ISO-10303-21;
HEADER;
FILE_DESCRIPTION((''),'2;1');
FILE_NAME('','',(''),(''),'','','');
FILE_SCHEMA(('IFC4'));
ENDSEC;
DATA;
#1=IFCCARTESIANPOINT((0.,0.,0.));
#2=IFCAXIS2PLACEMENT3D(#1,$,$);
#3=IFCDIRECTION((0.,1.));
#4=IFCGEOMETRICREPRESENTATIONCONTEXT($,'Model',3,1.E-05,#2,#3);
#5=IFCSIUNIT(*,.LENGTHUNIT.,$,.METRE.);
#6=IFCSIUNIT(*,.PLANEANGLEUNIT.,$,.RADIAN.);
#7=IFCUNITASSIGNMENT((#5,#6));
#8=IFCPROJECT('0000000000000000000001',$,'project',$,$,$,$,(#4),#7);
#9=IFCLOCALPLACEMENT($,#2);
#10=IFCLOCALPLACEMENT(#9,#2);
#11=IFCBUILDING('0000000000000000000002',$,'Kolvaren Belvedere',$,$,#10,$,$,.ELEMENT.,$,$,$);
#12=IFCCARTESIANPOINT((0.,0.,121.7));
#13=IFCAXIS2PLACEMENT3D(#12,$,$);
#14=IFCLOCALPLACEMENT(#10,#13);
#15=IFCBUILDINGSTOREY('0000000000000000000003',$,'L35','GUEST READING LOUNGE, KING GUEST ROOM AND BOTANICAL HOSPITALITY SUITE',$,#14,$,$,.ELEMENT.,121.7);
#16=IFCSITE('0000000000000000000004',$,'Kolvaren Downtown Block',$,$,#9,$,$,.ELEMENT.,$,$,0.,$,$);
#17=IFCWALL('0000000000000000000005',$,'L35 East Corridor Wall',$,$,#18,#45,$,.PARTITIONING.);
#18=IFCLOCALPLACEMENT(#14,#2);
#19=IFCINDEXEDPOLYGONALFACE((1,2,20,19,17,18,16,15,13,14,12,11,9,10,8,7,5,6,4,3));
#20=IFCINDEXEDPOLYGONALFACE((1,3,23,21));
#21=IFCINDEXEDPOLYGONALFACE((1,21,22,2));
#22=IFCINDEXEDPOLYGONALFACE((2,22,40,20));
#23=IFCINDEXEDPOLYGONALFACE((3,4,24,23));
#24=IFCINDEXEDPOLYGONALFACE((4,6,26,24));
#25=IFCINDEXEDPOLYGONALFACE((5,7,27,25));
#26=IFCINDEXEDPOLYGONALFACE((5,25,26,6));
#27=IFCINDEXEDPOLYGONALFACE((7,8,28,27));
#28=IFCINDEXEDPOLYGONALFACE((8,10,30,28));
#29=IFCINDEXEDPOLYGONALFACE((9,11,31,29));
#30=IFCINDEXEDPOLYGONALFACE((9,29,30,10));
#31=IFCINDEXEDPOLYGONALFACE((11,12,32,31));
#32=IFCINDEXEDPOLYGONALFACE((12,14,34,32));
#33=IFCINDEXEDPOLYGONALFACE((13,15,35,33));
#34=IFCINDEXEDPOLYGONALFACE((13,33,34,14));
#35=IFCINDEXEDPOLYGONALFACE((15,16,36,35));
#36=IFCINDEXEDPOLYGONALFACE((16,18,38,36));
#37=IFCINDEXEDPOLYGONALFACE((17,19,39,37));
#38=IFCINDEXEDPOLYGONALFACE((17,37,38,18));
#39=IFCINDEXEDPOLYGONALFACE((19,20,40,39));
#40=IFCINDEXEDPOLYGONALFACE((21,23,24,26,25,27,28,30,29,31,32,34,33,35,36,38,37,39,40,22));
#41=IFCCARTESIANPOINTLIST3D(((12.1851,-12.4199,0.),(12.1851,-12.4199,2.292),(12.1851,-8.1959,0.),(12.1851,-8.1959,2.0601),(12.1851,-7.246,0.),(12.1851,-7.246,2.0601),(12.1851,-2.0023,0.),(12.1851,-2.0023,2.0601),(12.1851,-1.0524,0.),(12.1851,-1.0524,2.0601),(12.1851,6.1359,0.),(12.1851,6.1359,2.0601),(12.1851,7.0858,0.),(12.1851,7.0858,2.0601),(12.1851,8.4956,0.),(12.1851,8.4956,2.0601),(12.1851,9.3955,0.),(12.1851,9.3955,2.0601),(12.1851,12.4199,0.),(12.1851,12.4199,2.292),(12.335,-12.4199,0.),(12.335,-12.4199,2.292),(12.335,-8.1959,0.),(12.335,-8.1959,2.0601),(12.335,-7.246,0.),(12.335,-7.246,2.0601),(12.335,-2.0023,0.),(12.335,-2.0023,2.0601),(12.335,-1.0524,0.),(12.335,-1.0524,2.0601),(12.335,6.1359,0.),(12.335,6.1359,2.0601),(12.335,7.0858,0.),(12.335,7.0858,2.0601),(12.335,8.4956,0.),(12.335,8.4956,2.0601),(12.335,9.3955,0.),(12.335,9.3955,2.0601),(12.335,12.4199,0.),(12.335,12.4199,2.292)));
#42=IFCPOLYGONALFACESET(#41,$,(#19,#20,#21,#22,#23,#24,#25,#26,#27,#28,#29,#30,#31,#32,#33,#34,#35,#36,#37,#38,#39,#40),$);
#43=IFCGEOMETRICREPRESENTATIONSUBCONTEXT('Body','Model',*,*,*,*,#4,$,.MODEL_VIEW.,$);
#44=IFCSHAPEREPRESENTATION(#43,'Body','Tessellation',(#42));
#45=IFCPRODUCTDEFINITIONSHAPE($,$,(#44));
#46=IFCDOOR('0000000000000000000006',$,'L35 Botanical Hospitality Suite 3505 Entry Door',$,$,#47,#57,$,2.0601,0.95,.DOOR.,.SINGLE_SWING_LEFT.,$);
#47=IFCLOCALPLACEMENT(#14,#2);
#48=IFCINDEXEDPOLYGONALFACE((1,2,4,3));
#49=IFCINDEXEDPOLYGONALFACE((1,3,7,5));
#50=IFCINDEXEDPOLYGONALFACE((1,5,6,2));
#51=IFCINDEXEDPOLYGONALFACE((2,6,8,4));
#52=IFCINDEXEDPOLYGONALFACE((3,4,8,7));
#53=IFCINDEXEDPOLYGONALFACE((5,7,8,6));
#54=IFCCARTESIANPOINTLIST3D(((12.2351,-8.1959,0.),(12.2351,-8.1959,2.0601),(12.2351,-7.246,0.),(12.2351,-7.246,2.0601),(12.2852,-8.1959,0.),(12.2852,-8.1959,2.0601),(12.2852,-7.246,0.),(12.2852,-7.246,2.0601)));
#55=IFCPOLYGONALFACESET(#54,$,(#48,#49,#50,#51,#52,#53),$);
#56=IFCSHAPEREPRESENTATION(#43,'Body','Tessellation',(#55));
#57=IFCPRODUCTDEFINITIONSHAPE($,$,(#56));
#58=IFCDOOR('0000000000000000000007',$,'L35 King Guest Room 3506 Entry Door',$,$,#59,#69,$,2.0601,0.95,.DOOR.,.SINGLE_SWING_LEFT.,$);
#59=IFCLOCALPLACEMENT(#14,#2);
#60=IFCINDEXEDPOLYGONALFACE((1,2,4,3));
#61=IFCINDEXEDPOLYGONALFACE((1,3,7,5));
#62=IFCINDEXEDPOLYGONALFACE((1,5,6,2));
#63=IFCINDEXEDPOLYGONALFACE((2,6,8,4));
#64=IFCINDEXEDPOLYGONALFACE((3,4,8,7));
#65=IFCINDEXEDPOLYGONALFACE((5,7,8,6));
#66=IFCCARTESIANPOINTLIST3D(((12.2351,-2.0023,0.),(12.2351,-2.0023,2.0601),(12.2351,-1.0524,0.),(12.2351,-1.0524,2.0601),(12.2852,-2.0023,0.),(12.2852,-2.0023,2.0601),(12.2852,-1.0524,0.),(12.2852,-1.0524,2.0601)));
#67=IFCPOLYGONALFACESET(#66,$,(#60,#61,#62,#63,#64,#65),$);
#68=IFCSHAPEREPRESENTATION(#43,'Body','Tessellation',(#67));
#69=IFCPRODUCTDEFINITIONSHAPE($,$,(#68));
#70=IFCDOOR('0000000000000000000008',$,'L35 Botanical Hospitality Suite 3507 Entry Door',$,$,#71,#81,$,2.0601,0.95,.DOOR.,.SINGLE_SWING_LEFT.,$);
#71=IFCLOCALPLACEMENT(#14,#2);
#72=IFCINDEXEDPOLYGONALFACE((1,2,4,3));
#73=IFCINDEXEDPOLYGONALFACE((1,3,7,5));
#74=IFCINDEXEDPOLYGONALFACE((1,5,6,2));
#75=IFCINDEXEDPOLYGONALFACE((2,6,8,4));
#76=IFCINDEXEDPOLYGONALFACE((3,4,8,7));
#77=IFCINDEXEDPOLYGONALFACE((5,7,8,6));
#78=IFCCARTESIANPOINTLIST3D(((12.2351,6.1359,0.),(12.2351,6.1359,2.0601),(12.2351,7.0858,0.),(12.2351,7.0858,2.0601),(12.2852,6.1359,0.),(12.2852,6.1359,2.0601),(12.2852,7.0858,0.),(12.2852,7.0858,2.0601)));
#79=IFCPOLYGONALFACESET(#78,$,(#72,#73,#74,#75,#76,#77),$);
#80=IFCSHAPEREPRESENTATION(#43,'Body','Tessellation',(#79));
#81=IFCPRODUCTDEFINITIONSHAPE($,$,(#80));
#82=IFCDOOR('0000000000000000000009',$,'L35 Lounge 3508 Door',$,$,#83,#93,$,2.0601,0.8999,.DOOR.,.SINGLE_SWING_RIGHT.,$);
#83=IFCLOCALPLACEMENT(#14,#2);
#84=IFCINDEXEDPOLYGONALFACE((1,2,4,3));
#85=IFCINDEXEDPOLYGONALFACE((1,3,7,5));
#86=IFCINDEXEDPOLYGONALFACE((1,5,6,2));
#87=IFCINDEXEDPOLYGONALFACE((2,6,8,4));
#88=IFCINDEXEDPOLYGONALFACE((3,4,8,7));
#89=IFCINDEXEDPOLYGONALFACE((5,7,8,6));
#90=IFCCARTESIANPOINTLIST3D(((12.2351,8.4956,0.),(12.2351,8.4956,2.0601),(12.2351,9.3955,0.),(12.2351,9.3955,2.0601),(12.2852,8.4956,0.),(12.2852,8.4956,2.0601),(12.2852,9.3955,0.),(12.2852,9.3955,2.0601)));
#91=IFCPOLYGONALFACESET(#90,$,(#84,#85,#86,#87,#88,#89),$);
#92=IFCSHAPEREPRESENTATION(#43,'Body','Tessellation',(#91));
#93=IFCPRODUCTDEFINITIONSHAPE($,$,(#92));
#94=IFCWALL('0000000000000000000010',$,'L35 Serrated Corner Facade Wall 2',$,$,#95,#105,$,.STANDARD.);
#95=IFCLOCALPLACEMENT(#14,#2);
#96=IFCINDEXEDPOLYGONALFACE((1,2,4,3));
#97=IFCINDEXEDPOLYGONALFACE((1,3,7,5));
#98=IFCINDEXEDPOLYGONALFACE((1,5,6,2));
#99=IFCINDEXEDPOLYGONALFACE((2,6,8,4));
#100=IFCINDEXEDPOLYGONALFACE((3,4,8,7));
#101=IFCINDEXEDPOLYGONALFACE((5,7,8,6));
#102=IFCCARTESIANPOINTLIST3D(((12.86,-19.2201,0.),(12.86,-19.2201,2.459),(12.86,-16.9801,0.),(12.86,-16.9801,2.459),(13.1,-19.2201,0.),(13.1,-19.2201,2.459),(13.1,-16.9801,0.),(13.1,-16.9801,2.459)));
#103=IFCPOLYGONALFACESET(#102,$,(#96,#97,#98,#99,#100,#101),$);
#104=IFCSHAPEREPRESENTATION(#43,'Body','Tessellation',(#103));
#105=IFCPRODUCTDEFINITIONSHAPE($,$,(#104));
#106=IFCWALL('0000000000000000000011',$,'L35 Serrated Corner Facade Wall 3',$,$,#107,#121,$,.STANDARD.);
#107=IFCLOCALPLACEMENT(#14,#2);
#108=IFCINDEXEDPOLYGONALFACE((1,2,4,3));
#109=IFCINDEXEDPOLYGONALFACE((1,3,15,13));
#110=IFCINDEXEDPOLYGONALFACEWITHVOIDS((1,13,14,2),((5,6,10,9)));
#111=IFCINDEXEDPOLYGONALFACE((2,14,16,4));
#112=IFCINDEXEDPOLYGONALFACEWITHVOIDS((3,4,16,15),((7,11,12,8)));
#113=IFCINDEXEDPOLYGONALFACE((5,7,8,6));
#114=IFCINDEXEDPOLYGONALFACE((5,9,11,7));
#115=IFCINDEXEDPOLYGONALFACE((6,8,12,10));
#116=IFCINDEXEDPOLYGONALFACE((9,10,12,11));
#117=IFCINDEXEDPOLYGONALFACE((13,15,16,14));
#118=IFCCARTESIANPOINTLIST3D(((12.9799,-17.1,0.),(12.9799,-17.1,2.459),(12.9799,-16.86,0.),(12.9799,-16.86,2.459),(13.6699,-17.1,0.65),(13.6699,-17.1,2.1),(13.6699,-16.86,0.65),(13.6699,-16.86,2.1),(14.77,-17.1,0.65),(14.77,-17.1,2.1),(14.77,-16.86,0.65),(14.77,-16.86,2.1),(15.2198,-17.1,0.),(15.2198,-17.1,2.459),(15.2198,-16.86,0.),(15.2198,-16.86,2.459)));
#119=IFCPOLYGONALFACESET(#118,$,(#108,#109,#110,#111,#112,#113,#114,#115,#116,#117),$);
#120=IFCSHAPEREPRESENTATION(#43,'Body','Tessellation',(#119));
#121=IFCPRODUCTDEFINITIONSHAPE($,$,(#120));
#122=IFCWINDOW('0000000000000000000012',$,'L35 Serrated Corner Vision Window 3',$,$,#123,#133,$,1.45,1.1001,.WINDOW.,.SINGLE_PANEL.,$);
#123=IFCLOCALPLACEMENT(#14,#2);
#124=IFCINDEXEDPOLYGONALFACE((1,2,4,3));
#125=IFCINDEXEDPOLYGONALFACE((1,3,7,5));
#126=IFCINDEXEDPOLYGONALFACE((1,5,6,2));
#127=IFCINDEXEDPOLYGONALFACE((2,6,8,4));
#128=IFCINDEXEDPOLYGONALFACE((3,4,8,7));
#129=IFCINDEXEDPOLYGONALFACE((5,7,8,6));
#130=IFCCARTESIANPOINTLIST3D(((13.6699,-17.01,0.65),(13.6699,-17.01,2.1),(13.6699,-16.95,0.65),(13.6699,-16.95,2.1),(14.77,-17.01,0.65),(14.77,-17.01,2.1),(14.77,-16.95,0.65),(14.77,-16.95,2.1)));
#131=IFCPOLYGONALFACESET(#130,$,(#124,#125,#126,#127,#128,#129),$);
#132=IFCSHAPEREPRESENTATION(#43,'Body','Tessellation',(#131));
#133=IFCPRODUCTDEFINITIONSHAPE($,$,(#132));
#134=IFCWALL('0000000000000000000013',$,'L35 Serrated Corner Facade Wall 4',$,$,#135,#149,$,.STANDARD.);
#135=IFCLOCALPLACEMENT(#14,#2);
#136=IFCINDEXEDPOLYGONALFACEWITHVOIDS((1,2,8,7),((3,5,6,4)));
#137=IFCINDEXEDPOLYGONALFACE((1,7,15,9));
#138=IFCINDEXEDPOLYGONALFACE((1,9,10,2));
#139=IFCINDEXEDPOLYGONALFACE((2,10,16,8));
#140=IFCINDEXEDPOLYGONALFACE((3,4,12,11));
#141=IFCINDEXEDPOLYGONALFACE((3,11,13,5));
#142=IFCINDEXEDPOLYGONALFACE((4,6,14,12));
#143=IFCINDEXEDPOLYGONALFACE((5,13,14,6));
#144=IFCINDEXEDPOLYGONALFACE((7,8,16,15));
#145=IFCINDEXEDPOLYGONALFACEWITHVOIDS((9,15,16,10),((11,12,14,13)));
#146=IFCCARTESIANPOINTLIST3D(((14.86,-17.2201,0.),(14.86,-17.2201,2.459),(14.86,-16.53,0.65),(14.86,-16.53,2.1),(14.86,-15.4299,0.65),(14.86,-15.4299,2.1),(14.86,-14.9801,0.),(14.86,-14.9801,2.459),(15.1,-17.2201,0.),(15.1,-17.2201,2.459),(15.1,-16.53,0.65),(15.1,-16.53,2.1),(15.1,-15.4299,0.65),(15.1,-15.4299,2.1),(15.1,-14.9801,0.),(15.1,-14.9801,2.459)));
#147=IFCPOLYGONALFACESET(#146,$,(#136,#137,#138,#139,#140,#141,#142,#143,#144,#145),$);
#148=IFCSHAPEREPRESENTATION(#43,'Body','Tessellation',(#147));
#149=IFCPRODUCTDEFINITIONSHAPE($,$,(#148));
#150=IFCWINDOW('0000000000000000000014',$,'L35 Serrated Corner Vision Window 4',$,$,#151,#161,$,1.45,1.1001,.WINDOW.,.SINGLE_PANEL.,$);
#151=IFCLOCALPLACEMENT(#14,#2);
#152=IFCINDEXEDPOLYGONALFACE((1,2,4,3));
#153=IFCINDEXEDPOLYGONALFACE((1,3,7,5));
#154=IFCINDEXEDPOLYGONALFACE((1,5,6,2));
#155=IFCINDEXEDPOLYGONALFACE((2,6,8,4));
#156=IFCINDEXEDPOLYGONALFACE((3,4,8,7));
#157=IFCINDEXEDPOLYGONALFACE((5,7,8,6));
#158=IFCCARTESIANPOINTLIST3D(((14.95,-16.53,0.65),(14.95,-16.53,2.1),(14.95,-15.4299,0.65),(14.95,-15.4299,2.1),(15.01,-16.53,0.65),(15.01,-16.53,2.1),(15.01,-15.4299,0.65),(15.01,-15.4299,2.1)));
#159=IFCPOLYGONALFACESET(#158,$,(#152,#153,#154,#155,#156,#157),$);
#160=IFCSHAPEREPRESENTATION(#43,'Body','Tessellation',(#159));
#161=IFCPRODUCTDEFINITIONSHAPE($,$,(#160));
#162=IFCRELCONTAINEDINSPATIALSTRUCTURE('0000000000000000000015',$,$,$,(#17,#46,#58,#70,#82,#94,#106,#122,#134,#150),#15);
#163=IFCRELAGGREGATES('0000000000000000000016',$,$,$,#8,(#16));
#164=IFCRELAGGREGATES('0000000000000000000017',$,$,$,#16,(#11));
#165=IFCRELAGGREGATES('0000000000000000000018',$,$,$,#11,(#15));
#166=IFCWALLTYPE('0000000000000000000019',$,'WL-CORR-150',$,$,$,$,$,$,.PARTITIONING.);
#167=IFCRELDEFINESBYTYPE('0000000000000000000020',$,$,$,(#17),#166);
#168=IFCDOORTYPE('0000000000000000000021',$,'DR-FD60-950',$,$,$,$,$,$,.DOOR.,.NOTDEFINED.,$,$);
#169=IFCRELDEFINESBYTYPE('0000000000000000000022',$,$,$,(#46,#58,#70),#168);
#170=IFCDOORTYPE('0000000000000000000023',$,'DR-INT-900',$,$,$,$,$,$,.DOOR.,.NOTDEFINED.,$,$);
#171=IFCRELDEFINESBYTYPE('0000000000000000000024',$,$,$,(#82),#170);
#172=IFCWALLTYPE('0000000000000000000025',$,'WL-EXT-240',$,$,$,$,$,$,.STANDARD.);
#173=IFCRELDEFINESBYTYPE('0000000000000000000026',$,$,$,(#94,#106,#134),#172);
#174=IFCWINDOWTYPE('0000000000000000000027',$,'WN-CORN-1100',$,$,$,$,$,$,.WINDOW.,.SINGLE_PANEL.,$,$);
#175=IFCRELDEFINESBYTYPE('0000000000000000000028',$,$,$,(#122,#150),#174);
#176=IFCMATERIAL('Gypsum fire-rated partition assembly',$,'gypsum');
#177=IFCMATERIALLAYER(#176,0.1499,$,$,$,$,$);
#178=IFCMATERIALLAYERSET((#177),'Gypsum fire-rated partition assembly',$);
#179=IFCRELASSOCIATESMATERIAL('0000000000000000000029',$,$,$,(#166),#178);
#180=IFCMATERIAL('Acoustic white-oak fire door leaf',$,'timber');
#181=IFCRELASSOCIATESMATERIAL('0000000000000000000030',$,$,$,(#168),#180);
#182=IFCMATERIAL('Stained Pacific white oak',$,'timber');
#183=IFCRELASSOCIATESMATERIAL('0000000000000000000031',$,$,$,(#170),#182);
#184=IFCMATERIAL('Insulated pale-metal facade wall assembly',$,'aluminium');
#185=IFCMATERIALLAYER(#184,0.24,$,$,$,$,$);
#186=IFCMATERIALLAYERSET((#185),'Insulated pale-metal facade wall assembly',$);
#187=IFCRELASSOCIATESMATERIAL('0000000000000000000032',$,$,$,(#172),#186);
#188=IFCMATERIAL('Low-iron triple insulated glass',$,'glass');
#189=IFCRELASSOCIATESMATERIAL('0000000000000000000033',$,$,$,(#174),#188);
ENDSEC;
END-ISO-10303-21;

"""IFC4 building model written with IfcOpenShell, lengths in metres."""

from ifc_helpers import new_model, si_unit, direction, frame, frame_2d, origin, place, context, subcontext, project, spatial, rectangle, extrude, material, layer, layer_set, type_object, element, fill, save


model = new_model("IFC4")

# Units and contexts
model_context = context("Model", 3, precision=1e-05, world=origin(), true_north=direction((0.0, 1.0)))
body_context = subcontext(model_context, "Body", "Model", "MODEL_VIEW")
ifc_project = project(units=[si_unit("LENGTHUNIT", "METRE"), si_unit("PLANEANGLEUNIT", "RADIAN")], contexts=[model_context])

# Site, building, storey
site_placement = place(None, origin())
site = spatial("IfcSite", under=ifc_project, at=site_placement, Name="Kolvaren Downtown Block", CompositionType="ELEMENT", RefElevation=0.0)
building_placement = place(site_placement, origin())
building = spatial("IfcBuilding", under=site, at=building_placement, Name="Kolvaren Belvedere", CompositionType="ELEMENT")
storey_placement = place(building_placement, frame((0.0, 0.0, 121.7)))
storey = spatial("IfcBuildingStorey", under=building, at=storey_placement, Name="L35", Description="GUEST READING LOUNGE, KING GUEST ROOM AND BOTANICAL HOSPITALITY SUITE", CompositionType="ELEMENT", Elevation=121.7)

# Wall, openings, doors
ifc_material_1 = material(Name="Gypsum fire-rated partition assembly", Category="gypsum")
ifc_layer_1 = layer(ifc_material_1, 0.1499)
ifc_layer_set_1 = layer_set([ifc_layer_1], Name="Gypsum fire-rated partition assembly")
wall_type_1 = type_object("IfcWallType", Name="WL-CORR-150", PredefinedType="PARTITIONING", material=ifc_layer_set_1)
wall_1_placement = place(storey_placement, frame((12.26, -12.4199, 0.0), z_axis=(0.0, 0.0, 1.0), x_axis=(0.0, 1.0, 0.0)))
wall_1 = element("IfcWall", 1, at=wall_1_placement, inside=storey, type_object=wall_type_1, Name="L35 East Corridor Wall", PredefinedType="PARTITIONING", context=body_context, shape_type="SweptSolid", body=[
    extrude(rectangle(XDim=24.8398, YDim=0.1499, at=frame_2d((12.4199, 0.0))), origin(), (0.0, 0.0, 1.0), 2.292),
])
opening_1_placement = place(wall_1_placement, frame((4.2239, 0.0, 0.0)))
opening_1 = element("IfcOpeningElement", 2, at=opening_1_placement, cuts=wall_1, PredefinedType="OPENING", context=body_context, shape_type="SweptSolid", body=[
    extrude(rectangle(XDim=0.95, YDim=2.0601, at=frame_2d((0.4751, 1.03))), frame((0.0, 0.085, 0.0), z_axis=(0.0, -1.0, 0.0), x_axis=(1.0, 0.0, 0.0)), (0.0, 0.0, 1.0), 0.1699),
])
opening_2_placement = place(wall_1_placement, frame((10.4175, 0.0, 0.0)))
opening_2 = element("IfcOpeningElement", 3, at=opening_2_placement, cuts=wall_1, PredefinedType="OPENING", context=body_context, shape_type="SweptSolid", body=[
    extrude(rectangle(XDim=0.95, YDim=2.0601, at=frame_2d((0.4751, 1.03))), frame((0.0, 0.085, 0.0), z_axis=(0.0, -1.0, 0.0), x_axis=(1.0, 0.0, 0.0)), (0.0, 0.0, 1.0), 0.1699),
])
opening_3_placement = place(wall_1_placement, frame((18.5557, 0.0, 0.0)))
opening_3 = element("IfcOpeningElement", 4, at=opening_3_placement, cuts=wall_1, PredefinedType="OPENING", context=body_context, shape_type="SweptSolid", body=[
    extrude(rectangle(XDim=0.95, YDim=2.0601, at=frame_2d((0.4751, 1.03))), frame((0.0, 0.085, 0.0), z_axis=(0.0, -1.0, 0.0), x_axis=(1.0, 0.0, 0.0)), (0.0, 0.0, 1.0), 0.1699),
])
opening_4_placement = place(wall_1_placement, frame((20.9155, 0.0, 0.0)))
opening_4 = element("IfcOpeningElement", 5, at=opening_4_placement, cuts=wall_1, PredefinedType="OPENING", context=body_context, shape_type="SweptSolid", body=[
    extrude(rectangle(XDim=0.8999, YDim=2.0601, at=frame_2d((0.45, 1.03))), frame((0.0, 0.085, 0.0), z_axis=(0.0, -1.0, 0.0), x_axis=(1.0, 0.0, 0.0)), (0.0, 0.0, 1.0), 0.1699),
])
ifc_material_2 = material(Name="Acoustic white-oak fire door leaf", Category="timber")
door_type_1 = type_object("IfcDoorType", Name="DR-FD60-950", OperationType="NOTDEFINED", PredefinedType="DOOR", material=ifc_material_2)
door_1_placement = place(opening_1_placement, origin())
door_1 = element("IfcDoor", 6, at=door_1_placement, inside=storey, type_object=door_type_1, Name="L35 Botanical Hospitality Suite 3505 Entry Door", OperationType="SINGLE_SWING_LEFT", OverallHeight=2.0601, OverallWidth=0.95, PredefinedType="DOOR", context=body_context, shape_type="SweptSolid", body=[
    extrude(rectangle(XDim=0.95, YDim=2.0601, at=frame_2d((0.4751, 1.03))), frame((0.0, 0.0249, 0.0), z_axis=(0.0, -1.0, 0.0), x_axis=(1.0, 0.0, 0.0)), (0.0, 0.0, 1.0), 0.05),
])
fill(opening_1, door_1)
door_2_placement = place(opening_2_placement, origin())
door_2 = element("IfcDoor", 7, at=door_2_placement, inside=storey, type_object=door_type_1, Name="L35 King Guest Room 3506 Entry Door", OperationType="SINGLE_SWING_LEFT", OverallHeight=2.0601, OverallWidth=0.95, PredefinedType="DOOR", context=body_context, shape_type="SweptSolid", body=[
    extrude(rectangle(XDim=0.95, YDim=2.0601, at=frame_2d((0.4751, 1.03))), frame((0.0, 0.0249, 0.0), z_axis=(0.0, -1.0, 0.0), x_axis=(1.0, 0.0, 0.0)), (0.0, 0.0, 1.0), 0.05),
])
fill(opening_2, door_2)
door_3_placement = place(opening_3_placement, origin())
door_3 = element("IfcDoor", 8, at=door_3_placement, inside=storey, type_object=door_type_1, Name="L35 Botanical Hospitality Suite 3507 Entry Door", OperationType="SINGLE_SWING_LEFT", OverallHeight=2.0601, OverallWidth=0.95, PredefinedType="DOOR", context=body_context, shape_type="SweptSolid", body=[
    extrude(rectangle(XDim=0.95, YDim=2.0601, at=frame_2d((0.4751, 1.03))), frame((0.0, 0.0249, 0.0), z_axis=(0.0, -1.0, 0.0), x_axis=(1.0, 0.0, 0.0)), (0.0, 0.0, 1.0), 0.05),
])
fill(opening_3, door_3)
ifc_material_3 = material(Name="Stained Pacific white oak", Category="timber")
door_type_2 = type_object("IfcDoorType", Name="DR-INT-900", OperationType="NOTDEFINED", PredefinedType="DOOR", material=ifc_material_3)
door_4_placement = place(opening_4_placement, origin())
door_4 = element("IfcDoor", 9, at=door_4_placement, inside=storey, type_object=door_type_2, Name="L35 Lounge 3508 Door", OperationType="SINGLE_SWING_RIGHT", OverallHeight=2.0601, OverallWidth=0.8999, PredefinedType="DOOR", context=body_context, shape_type="SweptSolid", body=[
    extrude(rectangle(XDim=0.8999, YDim=2.0601, at=frame_2d((0.45, 1.03))), frame((0.0, 0.0249, 0.0), z_axis=(0.0, -1.0, 0.0), x_axis=(1.0, 0.0, 0.0)), (0.0, 0.0, 1.0), 0.05),
])
fill(opening_4, door_4)

# Wall
ifc_material_4 = material(Name="Insulated pale-metal facade wall assembly", Category="aluminium")
ifc_layer_2 = layer(ifc_material_4, 0.24)
ifc_layer_set_2 = layer_set([ifc_layer_2], Name="Insulated pale-metal facade wall assembly")
wall_type_2 = type_object("IfcWallType", Name="WL-EXT-240", PredefinedType="STANDARD", material=ifc_layer_set_2)
wall_2_placement = place(storey_placement, frame((12.98, -16.98, 0.0), z_axis=(0.0, 0.0, 1.0), x_axis=(0.0, -1.0, 0.0)))
element("IfcWall", 10, at=wall_2_placement, inside=storey, type_object=wall_type_2, Name="L35 Serrated Corner Facade Wall 2", PredefinedType="STANDARD", context=body_context, shape_type="SweptSolid", body=[
    extrude(rectangle(XDim=2.24, YDim=0.24, at=frame_2d((1.1201, 0.0))), origin(), (0.0, 0.0, 1.0), 2.459),
])

# Walls, openings, windows
wall_3_placement = place(storey_placement, frame((15.22, -16.98, 0.0), z_axis=(0.0, 0.0, 1.0), x_axis=(-1.0, 0.0, 0.0)))
wall_3 = element("IfcWall", 11, at=wall_3_placement, inside=storey, type_object=wall_type_2, Name="L35 Serrated Corner Facade Wall 3", PredefinedType="STANDARD", context=body_context, shape_type="SweptSolid", body=[
    extrude(rectangle(XDim=2.24, YDim=0.24, at=frame_2d((1.1201, 0.0))), origin(), (0.0, 0.0, 1.0), 2.459),
])
opening_5_placement = place(wall_3_placement, frame((0.45, 0.0, 0.6499)))
opening_5 = element("IfcOpeningElement", 12, at=opening_5_placement, cuts=wall_3, PredefinedType="OPENING", context=body_context, shape_type="SweptSolid", body=[
    extrude(rectangle(XDim=1.1001, YDim=1.45, at=frame_2d((0.55, 0.7251))), frame((0.0, 0.1299, 0.0), z_axis=(0.0, -1.0, 0.0), x_axis=(1.0, 0.0, 0.0)), (0.0, 0.0, 1.0), 0.26),
])
ifc_material_5 = material(Name="Low-iron triple insulated glass", Category="glass")
window_type = type_object("IfcWindowType", Name="WN-CORN-1100", PartitioningType="SINGLE_PANEL", PredefinedType="WINDOW", material=ifc_material_5)
window_1_placement = place(opening_5_placement, origin())
window_1 = element("IfcWindow", 13, at=window_1_placement, inside=storey, type_object=window_type, Name="L35 Serrated Corner Vision Window 3", OverallHeight=1.45, OverallWidth=1.1001, PartitioningType="SINGLE_PANEL", PredefinedType="WINDOW", context=body_context, shape_type="SweptSolid", body=[
    extrude(rectangle(XDim=1.1001, YDim=1.45, at=frame_2d((0.55, 0.7251))), frame((0.0, 0.03, 0.0), z_axis=(0.0, -1.0, 0.0), x_axis=(1.0, 0.0, 0.0)), (0.0, 0.0, 1.0), 0.0601),
])
fill(opening_5, window_1)
wall_4_placement = place(storey_placement, frame((14.98, -14.98, 0.0), z_axis=(0.0, 0.0, 1.0), x_axis=(0.0, -1.0, 0.0)))
wall_4 = element("IfcWall", 14, at=wall_4_placement, inside=storey, type_object=wall_type_2, Name="L35 Serrated Corner Facade Wall 4", PredefinedType="STANDARD", context=body_context, shape_type="SweptSolid", body=[
    extrude(rectangle(XDim=2.24, YDim=0.24, at=frame_2d((1.1201, 0.0))), origin(), (0.0, 0.0, 1.0), 2.459),
])
opening_6_placement = place(wall_4_placement, frame((0.45, 0.0, 0.6499)))
opening_6 = element("IfcOpeningElement", 15, at=opening_6_placement, cuts=wall_4, PredefinedType="OPENING", context=body_context, shape_type="SweptSolid", body=[
    extrude(rectangle(XDim=1.1001, YDim=1.45, at=frame_2d((0.55, 0.7251))), frame((0.0, 0.1299, 0.0), z_axis=(0.0, -1.0, 0.0), x_axis=(1.0, 0.0, 0.0)), (0.0, 0.0, 1.0), 0.26),
])
window_2_placement = place(opening_6_placement, origin())
window_2 = element("IfcWindow", 16, at=window_2_placement, inside=storey, type_object=window_type, Name="L35 Serrated Corner Vision Window 4", OverallHeight=1.45, OverallWidth=1.1001, PartitioningType="SINGLE_PANEL", PredefinedType="WINDOW", context=body_context, shape_type="SweptSolid", body=[
    extrude(rectangle(XDim=1.1001, YDim=1.45, at=frame_2d((0.55, 0.7251))), frame((0.0, 0.03, 0.0), z_axis=(0.0, -1.0, 0.0), x_axis=(1.0, 0.0, 0.0)), (0.0, 0.0, 1.0), 0.0601),
])
fill(opening_6, window_2)

save(model, "model.ifc")
